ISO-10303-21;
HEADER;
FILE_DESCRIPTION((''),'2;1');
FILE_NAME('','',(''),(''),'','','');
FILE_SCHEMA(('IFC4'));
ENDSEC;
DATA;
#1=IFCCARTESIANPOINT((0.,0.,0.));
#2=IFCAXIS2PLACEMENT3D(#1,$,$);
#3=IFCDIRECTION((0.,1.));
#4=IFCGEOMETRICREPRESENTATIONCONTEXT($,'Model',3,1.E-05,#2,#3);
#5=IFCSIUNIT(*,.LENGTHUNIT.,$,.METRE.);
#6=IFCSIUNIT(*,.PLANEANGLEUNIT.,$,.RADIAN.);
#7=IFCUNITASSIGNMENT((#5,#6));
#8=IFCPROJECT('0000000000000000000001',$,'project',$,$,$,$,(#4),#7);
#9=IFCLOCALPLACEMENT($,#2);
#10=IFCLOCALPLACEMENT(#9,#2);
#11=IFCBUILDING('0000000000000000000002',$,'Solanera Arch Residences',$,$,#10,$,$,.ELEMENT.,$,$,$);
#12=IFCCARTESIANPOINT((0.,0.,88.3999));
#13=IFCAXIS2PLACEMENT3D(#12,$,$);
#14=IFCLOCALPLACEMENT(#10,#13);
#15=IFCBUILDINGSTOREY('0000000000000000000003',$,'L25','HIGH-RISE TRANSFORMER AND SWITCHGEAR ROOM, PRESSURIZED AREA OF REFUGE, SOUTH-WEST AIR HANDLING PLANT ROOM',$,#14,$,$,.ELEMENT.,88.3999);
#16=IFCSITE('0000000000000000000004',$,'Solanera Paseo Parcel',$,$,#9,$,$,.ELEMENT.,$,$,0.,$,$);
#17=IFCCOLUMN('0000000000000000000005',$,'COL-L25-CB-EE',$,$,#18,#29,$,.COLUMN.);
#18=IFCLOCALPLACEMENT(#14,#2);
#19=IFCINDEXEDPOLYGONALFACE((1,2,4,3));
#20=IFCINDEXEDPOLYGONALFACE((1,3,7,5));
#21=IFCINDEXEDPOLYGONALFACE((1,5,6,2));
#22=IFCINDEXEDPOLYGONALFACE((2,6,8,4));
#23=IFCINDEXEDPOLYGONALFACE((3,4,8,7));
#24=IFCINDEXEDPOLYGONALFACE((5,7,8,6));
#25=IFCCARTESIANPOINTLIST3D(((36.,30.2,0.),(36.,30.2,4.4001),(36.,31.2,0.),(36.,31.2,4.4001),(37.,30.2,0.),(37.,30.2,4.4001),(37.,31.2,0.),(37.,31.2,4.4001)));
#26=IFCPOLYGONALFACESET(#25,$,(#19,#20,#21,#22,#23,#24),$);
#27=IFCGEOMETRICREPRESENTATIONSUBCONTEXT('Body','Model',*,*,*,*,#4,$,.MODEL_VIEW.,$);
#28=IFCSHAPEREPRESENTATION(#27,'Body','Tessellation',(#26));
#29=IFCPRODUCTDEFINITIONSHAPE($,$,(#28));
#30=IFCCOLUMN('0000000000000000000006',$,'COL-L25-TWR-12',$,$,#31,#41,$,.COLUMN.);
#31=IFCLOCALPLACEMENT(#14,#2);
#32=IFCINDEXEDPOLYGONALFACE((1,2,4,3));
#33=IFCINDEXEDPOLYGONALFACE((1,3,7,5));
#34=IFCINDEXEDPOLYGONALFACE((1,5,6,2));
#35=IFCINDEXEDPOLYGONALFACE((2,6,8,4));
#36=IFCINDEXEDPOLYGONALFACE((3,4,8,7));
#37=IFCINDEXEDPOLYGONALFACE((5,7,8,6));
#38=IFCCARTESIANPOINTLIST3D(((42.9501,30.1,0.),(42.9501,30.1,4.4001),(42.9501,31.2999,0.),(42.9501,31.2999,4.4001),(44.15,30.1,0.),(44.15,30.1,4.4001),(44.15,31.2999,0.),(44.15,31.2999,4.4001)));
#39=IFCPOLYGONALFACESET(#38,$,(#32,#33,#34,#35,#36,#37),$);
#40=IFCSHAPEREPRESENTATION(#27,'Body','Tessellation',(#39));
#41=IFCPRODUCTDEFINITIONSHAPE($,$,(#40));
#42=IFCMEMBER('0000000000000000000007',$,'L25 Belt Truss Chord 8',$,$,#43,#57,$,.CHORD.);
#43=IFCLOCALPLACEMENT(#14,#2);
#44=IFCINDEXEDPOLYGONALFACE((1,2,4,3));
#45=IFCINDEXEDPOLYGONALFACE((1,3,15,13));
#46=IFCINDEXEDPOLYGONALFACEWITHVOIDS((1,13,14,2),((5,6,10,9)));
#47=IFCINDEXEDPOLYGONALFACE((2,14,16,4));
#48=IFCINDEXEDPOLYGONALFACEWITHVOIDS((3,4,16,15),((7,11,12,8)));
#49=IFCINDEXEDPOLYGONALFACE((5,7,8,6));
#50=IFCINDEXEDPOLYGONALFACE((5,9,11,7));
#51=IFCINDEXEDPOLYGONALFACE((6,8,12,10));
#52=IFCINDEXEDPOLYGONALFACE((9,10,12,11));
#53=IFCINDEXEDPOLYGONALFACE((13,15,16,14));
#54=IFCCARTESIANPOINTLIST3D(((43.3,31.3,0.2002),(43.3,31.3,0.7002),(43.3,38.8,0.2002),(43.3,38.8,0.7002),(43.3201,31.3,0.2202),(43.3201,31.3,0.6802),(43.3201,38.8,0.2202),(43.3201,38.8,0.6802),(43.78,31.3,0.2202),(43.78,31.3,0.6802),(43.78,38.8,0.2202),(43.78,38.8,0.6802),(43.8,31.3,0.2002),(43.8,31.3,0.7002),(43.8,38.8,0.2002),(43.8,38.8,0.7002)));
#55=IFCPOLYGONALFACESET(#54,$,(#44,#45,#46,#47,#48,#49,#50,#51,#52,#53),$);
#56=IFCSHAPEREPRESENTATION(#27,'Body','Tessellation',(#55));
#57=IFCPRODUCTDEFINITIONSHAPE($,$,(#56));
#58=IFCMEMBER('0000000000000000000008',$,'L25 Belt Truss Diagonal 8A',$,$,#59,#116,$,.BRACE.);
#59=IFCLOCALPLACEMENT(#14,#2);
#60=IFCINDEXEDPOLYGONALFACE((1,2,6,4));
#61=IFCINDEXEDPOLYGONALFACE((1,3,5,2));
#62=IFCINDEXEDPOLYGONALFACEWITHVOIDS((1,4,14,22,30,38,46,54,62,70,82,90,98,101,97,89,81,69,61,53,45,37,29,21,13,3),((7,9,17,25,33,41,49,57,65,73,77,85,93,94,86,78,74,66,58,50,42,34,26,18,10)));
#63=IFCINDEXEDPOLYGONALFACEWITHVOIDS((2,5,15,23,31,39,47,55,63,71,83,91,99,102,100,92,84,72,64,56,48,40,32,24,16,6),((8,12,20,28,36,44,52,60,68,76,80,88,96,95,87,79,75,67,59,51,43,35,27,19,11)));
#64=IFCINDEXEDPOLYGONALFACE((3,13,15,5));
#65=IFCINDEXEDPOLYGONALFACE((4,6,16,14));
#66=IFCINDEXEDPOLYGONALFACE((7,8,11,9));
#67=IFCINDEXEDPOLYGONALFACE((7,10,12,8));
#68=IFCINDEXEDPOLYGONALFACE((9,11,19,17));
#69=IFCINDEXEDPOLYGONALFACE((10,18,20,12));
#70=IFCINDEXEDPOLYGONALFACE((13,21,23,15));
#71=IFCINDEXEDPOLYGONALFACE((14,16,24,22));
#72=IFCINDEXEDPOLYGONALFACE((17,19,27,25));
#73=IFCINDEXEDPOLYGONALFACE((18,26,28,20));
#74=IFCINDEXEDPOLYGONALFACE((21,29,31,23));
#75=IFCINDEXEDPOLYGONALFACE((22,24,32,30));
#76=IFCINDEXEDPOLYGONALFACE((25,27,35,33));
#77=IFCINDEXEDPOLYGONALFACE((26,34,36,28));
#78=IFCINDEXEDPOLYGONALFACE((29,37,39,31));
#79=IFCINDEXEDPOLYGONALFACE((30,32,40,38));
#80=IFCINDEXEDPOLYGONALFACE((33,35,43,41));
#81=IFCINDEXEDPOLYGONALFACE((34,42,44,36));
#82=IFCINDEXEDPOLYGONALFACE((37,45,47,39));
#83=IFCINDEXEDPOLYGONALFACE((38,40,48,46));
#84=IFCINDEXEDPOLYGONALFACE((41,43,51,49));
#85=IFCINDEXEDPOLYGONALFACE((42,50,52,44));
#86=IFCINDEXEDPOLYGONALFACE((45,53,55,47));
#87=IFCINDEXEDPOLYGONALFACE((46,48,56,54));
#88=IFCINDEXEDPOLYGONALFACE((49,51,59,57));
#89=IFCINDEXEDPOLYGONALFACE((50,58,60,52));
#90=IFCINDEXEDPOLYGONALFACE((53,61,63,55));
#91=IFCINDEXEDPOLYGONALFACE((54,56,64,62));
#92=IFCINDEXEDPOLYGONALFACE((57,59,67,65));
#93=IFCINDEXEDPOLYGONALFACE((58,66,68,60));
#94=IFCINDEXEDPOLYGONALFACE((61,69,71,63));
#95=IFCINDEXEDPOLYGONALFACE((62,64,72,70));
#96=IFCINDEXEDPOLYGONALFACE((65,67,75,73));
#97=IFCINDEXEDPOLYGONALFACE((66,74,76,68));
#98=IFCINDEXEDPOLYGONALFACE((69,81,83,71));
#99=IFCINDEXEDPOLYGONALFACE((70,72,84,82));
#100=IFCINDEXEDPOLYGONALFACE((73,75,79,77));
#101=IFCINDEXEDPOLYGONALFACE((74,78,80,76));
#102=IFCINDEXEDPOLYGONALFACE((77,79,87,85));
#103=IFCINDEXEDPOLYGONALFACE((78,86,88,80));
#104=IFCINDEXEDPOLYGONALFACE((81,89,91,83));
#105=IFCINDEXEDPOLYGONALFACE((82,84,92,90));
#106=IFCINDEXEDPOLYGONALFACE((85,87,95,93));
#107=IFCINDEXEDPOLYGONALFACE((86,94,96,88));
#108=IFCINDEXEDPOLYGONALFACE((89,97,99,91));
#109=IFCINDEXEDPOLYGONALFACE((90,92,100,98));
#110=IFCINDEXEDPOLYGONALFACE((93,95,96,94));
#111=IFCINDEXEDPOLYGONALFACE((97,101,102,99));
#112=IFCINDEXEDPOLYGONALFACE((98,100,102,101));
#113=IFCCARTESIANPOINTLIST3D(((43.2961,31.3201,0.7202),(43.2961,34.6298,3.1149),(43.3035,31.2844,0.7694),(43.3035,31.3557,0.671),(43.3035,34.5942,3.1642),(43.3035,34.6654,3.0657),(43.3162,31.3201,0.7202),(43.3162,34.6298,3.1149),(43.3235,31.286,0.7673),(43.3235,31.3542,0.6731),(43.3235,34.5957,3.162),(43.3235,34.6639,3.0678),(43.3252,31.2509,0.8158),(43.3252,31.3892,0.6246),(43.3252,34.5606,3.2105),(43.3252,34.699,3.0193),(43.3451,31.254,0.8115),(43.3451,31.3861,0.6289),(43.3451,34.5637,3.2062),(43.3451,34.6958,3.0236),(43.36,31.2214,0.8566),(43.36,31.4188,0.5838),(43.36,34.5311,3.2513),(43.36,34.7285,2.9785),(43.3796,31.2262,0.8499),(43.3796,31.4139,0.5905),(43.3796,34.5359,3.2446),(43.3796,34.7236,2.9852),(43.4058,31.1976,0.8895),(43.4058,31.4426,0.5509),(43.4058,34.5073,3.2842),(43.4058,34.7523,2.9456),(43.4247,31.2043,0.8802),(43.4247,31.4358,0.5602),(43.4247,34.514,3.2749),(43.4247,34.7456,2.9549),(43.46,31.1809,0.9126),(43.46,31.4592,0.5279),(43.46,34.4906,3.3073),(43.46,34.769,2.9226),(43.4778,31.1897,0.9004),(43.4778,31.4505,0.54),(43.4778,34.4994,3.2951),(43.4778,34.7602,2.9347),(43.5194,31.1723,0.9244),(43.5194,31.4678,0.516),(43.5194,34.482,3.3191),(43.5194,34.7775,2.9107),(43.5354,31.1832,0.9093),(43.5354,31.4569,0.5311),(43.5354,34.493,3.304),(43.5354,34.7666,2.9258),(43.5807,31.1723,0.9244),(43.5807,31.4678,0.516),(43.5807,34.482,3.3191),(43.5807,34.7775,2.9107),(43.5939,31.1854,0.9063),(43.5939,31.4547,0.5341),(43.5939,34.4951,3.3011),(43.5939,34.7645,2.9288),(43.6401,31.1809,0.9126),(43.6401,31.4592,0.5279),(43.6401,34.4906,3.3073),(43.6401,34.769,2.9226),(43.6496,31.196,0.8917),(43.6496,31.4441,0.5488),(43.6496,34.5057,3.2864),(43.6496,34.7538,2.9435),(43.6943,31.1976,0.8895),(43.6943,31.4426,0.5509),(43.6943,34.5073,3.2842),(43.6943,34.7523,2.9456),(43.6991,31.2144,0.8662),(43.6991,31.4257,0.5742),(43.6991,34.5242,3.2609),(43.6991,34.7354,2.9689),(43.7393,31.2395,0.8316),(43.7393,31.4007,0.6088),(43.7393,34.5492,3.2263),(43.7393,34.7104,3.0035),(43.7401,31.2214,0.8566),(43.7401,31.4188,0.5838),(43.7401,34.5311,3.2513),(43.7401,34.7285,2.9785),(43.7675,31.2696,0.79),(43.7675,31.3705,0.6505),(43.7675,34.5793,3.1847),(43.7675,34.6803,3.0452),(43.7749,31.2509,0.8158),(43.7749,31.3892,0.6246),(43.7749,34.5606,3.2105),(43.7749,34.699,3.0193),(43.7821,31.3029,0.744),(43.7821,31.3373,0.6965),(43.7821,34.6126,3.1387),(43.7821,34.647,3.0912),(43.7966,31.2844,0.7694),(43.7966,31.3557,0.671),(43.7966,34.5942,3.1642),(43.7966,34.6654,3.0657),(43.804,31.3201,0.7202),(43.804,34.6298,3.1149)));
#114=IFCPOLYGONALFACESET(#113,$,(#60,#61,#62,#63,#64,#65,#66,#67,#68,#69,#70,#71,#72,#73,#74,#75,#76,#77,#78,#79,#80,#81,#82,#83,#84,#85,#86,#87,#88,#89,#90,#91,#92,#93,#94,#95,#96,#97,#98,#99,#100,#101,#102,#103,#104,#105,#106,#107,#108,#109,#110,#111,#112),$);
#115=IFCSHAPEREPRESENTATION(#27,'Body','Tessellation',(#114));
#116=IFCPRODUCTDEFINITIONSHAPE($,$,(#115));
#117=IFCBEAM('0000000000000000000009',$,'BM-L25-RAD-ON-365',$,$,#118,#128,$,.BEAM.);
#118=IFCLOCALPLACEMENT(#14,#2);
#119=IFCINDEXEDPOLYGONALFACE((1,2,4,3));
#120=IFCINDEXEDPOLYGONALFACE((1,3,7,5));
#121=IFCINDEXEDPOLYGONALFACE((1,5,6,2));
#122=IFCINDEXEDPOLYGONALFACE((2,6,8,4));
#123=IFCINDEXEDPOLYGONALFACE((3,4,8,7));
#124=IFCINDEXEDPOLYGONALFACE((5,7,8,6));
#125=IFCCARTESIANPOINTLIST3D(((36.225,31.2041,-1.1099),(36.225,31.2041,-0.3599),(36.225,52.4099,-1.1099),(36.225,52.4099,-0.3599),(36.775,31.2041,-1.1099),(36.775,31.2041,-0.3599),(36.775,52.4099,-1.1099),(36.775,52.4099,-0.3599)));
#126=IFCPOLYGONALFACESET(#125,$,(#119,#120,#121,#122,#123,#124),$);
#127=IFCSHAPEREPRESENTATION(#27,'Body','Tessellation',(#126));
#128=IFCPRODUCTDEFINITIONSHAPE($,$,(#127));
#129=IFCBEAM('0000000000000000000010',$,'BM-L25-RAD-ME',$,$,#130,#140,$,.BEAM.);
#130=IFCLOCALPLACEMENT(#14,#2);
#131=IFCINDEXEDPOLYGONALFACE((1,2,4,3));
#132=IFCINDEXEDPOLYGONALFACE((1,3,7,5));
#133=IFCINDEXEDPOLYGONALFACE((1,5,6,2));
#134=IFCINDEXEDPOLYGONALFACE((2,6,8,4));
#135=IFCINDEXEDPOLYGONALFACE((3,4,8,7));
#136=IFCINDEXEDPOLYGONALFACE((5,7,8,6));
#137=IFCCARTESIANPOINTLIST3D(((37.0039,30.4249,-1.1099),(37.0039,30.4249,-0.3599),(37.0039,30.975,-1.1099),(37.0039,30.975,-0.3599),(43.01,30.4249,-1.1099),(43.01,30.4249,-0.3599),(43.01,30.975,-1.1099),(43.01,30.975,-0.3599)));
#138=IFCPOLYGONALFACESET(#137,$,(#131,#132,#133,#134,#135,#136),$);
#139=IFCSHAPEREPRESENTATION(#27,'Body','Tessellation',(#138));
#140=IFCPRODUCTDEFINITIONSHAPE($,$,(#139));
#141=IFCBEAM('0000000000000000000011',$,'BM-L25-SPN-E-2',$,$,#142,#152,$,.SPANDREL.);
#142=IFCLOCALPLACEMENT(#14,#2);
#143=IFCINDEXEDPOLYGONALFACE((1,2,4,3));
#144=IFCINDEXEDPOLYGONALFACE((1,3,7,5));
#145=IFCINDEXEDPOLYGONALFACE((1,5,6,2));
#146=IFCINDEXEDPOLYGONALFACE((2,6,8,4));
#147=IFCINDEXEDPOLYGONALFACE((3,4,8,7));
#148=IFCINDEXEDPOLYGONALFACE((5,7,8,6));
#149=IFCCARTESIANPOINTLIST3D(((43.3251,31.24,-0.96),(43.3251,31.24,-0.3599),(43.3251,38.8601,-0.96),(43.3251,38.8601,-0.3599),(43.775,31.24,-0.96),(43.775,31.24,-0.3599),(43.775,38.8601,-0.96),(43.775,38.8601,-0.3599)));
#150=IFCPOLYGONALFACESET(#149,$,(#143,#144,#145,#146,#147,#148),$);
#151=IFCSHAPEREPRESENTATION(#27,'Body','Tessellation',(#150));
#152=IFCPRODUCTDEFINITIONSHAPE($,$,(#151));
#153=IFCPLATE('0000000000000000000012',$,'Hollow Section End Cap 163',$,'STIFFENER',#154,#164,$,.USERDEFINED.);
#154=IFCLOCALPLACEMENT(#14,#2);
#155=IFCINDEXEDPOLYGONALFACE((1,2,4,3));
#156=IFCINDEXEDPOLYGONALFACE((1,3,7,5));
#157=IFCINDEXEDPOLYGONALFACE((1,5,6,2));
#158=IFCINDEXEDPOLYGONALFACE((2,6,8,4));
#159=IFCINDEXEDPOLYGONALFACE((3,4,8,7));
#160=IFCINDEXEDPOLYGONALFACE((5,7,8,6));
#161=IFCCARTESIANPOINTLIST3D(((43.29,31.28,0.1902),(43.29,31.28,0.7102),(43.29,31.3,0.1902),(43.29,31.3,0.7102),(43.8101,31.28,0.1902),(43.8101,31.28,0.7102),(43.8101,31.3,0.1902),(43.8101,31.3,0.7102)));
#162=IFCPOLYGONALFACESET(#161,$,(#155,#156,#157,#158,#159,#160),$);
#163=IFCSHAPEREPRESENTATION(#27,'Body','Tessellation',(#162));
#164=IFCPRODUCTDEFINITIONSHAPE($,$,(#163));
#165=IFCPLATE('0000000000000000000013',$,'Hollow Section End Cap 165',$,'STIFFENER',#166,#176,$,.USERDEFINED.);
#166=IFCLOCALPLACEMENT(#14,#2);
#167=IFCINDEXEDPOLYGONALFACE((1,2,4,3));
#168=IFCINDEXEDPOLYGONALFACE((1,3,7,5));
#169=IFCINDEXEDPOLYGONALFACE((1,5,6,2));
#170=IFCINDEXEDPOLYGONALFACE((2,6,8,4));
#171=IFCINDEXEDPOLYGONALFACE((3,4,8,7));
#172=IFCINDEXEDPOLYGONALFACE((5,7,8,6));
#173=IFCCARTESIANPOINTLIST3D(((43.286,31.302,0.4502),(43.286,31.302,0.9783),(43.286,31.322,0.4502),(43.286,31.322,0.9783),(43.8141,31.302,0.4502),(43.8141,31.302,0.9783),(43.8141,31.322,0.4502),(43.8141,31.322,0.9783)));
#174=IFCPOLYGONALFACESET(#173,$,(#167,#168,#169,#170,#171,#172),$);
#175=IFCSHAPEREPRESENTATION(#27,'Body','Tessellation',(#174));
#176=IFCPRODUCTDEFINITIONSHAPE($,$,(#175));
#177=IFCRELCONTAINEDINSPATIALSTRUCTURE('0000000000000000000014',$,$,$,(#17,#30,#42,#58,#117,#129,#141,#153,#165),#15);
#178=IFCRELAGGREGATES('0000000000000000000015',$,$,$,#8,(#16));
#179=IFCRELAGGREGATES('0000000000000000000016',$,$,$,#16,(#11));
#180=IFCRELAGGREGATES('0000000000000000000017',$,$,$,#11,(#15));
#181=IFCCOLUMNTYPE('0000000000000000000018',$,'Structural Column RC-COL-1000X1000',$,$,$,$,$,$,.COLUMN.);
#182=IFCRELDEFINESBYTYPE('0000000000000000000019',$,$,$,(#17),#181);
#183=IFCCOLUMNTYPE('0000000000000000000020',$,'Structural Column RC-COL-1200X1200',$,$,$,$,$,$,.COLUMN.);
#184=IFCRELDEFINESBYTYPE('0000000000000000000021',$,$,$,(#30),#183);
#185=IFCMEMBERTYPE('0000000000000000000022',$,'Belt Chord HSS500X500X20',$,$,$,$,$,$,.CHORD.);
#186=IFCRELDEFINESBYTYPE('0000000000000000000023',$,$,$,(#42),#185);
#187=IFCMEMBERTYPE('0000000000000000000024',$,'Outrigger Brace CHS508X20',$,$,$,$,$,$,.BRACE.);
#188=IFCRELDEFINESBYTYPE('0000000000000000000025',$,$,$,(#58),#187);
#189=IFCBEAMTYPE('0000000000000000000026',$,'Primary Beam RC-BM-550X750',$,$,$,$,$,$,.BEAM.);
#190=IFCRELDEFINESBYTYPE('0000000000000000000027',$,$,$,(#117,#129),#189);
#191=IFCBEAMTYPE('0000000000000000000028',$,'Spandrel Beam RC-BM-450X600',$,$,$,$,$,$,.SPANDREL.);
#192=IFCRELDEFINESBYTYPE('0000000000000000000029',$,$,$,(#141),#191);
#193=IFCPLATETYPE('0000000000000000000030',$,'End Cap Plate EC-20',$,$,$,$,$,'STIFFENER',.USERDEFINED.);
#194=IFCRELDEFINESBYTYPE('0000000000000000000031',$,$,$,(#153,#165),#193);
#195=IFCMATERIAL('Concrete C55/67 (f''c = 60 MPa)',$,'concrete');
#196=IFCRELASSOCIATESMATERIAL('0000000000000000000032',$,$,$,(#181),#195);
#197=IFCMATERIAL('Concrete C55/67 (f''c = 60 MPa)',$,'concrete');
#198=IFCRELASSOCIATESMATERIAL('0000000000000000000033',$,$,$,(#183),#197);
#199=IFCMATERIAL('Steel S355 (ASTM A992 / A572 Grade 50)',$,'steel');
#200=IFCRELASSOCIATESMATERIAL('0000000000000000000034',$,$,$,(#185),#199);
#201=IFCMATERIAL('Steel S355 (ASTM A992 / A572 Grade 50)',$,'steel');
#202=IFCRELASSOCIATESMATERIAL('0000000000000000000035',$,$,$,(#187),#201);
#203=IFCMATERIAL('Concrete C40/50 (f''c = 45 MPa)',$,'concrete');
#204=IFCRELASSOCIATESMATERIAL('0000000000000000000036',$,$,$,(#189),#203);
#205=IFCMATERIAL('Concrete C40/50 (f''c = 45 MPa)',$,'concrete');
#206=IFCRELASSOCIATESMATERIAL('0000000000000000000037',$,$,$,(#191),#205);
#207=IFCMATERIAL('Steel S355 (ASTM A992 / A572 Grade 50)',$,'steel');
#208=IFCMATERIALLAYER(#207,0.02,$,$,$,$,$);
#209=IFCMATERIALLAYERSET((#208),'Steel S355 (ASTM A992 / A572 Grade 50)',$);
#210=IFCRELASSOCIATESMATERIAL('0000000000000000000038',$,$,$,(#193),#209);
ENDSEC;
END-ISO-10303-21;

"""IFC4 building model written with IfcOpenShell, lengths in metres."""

from ifc_helpers import new_model, si_unit, direction, frame, origin, origin_2d, place, context, subcontext, project, spatial, rectangle, hollow_rectangle, hollow_circle, extrude, material, layer, layer_set, material_profile, profile_set, type_object, element, save


model = new_model("IFC4")

# Units and contexts
model_context = context("Model", 3, precision=1e-05, world=origin(), true_north=direction((0.0, 1.0)))
body_context = subcontext(model_context, "Body", "Model", "MODEL_VIEW")
ifc_project = project(units=[si_unit("LENGTHUNIT", "METRE"), si_unit("PLANEANGLEUNIT", "RADIAN")], contexts=[model_context])

# Site, building, storey
site_placement = place(None, origin())
site = spatial("IfcSite", under=ifc_project, at=site_placement, Name="Solanera Paseo Parcel", CompositionType="ELEMENT", RefElevation=0.0)
building_placement = place(site_placement, origin())
building = spatial("IfcBuilding", under=site, at=building_placement, Name="Solanera Arch Residences", CompositionType="ELEMENT")
storey_placement = place(building_placement, frame((0.0, 0.0, 88.3999)))
storey = spatial("IfcBuildingStorey", under=building, at=storey_placement, Name="L25", Description="HIGH-RISE TRANSFORMER AND SWITCHGEAR ROOM, PRESSURIZED AREA OF REFUGE, SOUTH-WEST AIR HANDLING PLANT ROOM", CompositionType="ELEMENT", Elevation=88.3999)

# Columns
ifc_material_1 = material(Name="Concrete C55/67 (f'c = 60 MPa)", Category="concrete")
ifc_material_profile_1 = material_profile(ifc_material_1, rectangle(XDim=1.0, YDim=1.0, at=origin_2d()))
ifc_profile_set_1 = profile_set([ifc_material_profile_1], Name="Concrete C55/67 (f'c = 60 MPa)")
column_type_1 = type_object("IfcColumnType", Name="Structural Column RC-COL-1000X1000", PredefinedType="COLUMN", material=ifc_profile_set_1)
column_1_placement = place(storey_placement, frame((36.5, 30.7, 0.0), z_axis=(0.0, 0.0, 1.0), x_axis=(1.0, 0.0, 0.0)))
element("IfcColumn", 1, at=column_1_placement, inside=storey, type_object=column_type_1, Name="COL-L25-CB-EE", PredefinedType="COLUMN", context=body_context, shape_type="SweptSolid", body=[
    extrude(rectangle(XDim=1.0, YDim=1.0, at=origin_2d()), origin(), (0.0, 0.0, 1.0), 4.4001),
])
ifc_material_2 = material(Name="Concrete C55/67 (f'c = 60 MPa)", Category="concrete")
ifc_material_profile_2 = material_profile(ifc_material_2, rectangle(XDim=1.2, YDim=1.2, at=origin_2d()))
ifc_profile_set_2 = profile_set([ifc_material_profile_2], Name="Concrete C55/67 (f'c = 60 MPa)")
column_type_2 = type_object("IfcColumnType", Name="Structural Column RC-COL-1200X1200", PredefinedType="COLUMN", material=ifc_profile_set_2)
column_2_placement = place(storey_placement, frame((43.55, 30.7, 0.0), z_axis=(0.0, 0.0, 1.0), x_axis=(1.0, 0.0, 0.0)))
element("IfcColumn", 2, at=column_2_placement, inside=storey, type_object=column_type_2, Name="COL-L25-TWR-12", PredefinedType="COLUMN", context=body_context, shape_type="SweptSolid", body=[
    extrude(rectangle(XDim=1.2, YDim=1.2, at=origin_2d()), origin(), (0.0, 0.0, 1.0), 4.4001),
])

# Members
ifc_material_3 = material(Name="Steel S355 (ASTM A992 / A572 Grade 50)", Category="steel")
ifc_material_profile_3 = material_profile(ifc_material_3, hollow_rectangle(XDim=0.5, YDim=0.5, WallThickness=0.02, at=origin_2d()))
ifc_profile_set_3 = profile_set([ifc_material_profile_3], Name="Steel S355 (ASTM A992 / A572 Grade 50)")
member_type_1 = type_object("IfcMemberType", Name="Belt Chord HSS500X500X20", PredefinedType="CHORD", material=ifc_profile_set_3)
member_1_placement = place(storey_placement, frame((43.55, 31.3, 0.4502), z_axis=(0.0, 1.0, 0.0), x_axis=(-1.0, 0.0, 0.0)))
element("IfcMember", 3, at=member_1_placement, inside=storey, type_object=member_type_1, Name="L25 Belt Truss Chord 8", PredefinedType="CHORD", context=body_context, shape_type="SweptSolid", body=[
    extrude(hollow_rectangle(XDim=0.5, YDim=0.5, WallThickness=0.02, at=origin_2d()), origin(), (0.0, 0.0, 1.0), 7.5),
])
ifc_material_4 = material(Name="Steel S355 (ASTM A992 / A572 Grade 50)", Category="steel")
ifc_material_profile_4 = material_profile(ifc_material_4, hollow_circle(Radius=0.2539, WallThickness=0.02, at=origin_2d()))
ifc_profile_set_4 = profile_set([ifc_material_profile_4], Name="Steel S355 (ASTM A992 / A572 Grade 50)")
member_type_2 = type_object("IfcMemberType", Name="Outrigger Brace CHS508X20", PredefinedType="BRACE", material=ifc_profile_set_4)
member_2_placement = place(storey_placement, frame((43.55, 31.3201, 0.7202), z_axis=(0.0, 0.810173, 0.586191), x_axis=(-1.0, 0.0, 0.0)))
element("IfcMember", 4, at=member_2_placement, inside=storey, type_object=member_type_2, Name="L25 Belt Truss Diagonal 8A", PredefinedType="BRACE", context=body_context, shape_type="SweptSolid", body=[
    extrude(hollow_circle(Radius=0.2539, WallThickness=0.02, at=origin_2d()), origin(), (0.0, 0.0, 1.0), 4.0852),
])

# Beams
ifc_material_5 = material(Name="Concrete C40/50 (f'c = 45 MPa)", Category="concrete")
ifc_material_profile_5 = material_profile(ifc_material_5, rectangle(XDim=0.55, YDim=0.75, at=origin_2d()))
ifc_profile_set_5 = profile_set([ifc_material_profile_5], Name="Concrete C40/50 (f'c = 45 MPa)")
beam_type_1 = type_object("IfcBeamType", Name="Primary Beam RC-BM-550X750", PredefinedType="BEAM", material=ifc_profile_set_5)
beam_1_placement = place(storey_placement, frame((36.5, 31.2041, -0.7349), z_axis=(0.0, 1.0, 0.0), x_axis=(-1.0, 0.0, 0.0)))
element("IfcBeam", 5, at=beam_1_placement, inside=storey, type_object=beam_type_1, Name="BM-L25-RAD-ON-365", PredefinedType="BEAM", context=body_context, shape_type="SweptSolid", body=[
    extrude(rectangle(XDim=0.55, YDim=0.75, at=origin_2d()), origin(), (0.0, 0.0, 1.0), 21.2058),
])
beam_2_placement = place(storey_placement, frame((37.0039, 30.7, -0.7349), z_axis=(1.0, 0.0, 0.0), x_axis=(0.0, 1.0, 0.0)))
element("IfcBeam", 6, at=beam_2_placement, inside=storey, type_object=beam_type_1, Name="BM-L25-RAD-ME", PredefinedType="BEAM", context=body_context, shape_type="SweptSolid", body=[
    extrude(rectangle(XDim=0.55, YDim=0.75, at=origin_2d()), origin(), (0.0, 0.0, 1.0), 6.0061),
])
ifc_material_6 = material(Name="Concrete C40/50 (f'c = 45 MPa)", Category="concrete")
ifc_material_profile_6 = material_profile(ifc_material_6, rectangle(XDim=0.45, YDim=0.6001, at=origin_2d()))
ifc_profile_set_6 = profile_set([ifc_material_profile_6], Name="Concrete C40/50 (f'c = 45 MPa)")
beam_type_2 = type_object("IfcBeamType", Name="Spandrel Beam RC-BM-450X600", PredefinedType="SPANDREL", material=ifc_profile_set_6)
beam_3_placement = place(storey_placement, frame((43.55, 31.24, -0.6599), z_axis=(0.0, 1.0, 0.0), x_axis=(-1.0, 0.0, 0.0)))
element("IfcBeam", 7, at=beam_3_placement, inside=storey, type_object=beam_type_2, Name="BM-L25-SPN-E-2", PredefinedType="SPANDREL", context=body_context, shape_type="SweptSolid", body=[
    extrude(rectangle(XDim=0.45, YDim=0.6001, at=origin_2d()), origin(), (0.0, 0.0, 1.0), 7.6201),
])

# Plates
ifc_material_7 = material(Name="Steel S355 (ASTM A992 / A572 Grade 50)", Category="steel")
ifc_layer_1 = layer(ifc_material_7, 0.02)
ifc_layer_set_1 = layer_set([ifc_layer_1], Name="Steel S355 (ASTM A992 / A572 Grade 50)")
plate_type_1 = type_object("IfcPlateType", Name="End Cap Plate EC-20", ElementType="STIFFENER", PredefinedType="USERDEFINED", material=ifc_layer_set_1)
plate_1_placement = place(storey_placement, frame((43.55, 31.29, 0.1902), z_axis=(0.0, 0.0, 1.0), x_axis=(0.0, -1.0, 0.0)))
element("IfcPlate", 8, at=plate_1_placement, inside=storey, type_object=plate_type_1, Name="Hollow Section End Cap 163", ObjectType="STIFFENER", PredefinedType="USERDEFINED", context=body_context, shape_type="SweptSolid", body=[
    extrude(rectangle(XDim=0.02, YDim=0.52, at=origin_2d()), origin(), (0.0, 0.0, 1.0), 0.52),
])
for number, where, z_axis, x_axis, name in (
    (9, (43.55, 31.312, 0.4502), (0.0, 0.0, 1.0), (0.0, -1.0, 0.0), "Hollow Section End Cap 165"),
):
    element("IfcPlate", number, at=place(storey_placement, frame(where, z_axis=z_axis, x_axis=x_axis)), inside=storey, type_object=plate_type_1, Name=name, ObjectType="STIFFENER", PredefinedType="USERDEFINED", context=body_context, shape_type="SweptSolid", body=[
        extrude(rectangle(XDim=0.02, YDim=0.5281, at=origin_2d()), origin(), (0.0, 0.0, 1.0), 0.5281),
    ])

save(model, "model.ifc")
